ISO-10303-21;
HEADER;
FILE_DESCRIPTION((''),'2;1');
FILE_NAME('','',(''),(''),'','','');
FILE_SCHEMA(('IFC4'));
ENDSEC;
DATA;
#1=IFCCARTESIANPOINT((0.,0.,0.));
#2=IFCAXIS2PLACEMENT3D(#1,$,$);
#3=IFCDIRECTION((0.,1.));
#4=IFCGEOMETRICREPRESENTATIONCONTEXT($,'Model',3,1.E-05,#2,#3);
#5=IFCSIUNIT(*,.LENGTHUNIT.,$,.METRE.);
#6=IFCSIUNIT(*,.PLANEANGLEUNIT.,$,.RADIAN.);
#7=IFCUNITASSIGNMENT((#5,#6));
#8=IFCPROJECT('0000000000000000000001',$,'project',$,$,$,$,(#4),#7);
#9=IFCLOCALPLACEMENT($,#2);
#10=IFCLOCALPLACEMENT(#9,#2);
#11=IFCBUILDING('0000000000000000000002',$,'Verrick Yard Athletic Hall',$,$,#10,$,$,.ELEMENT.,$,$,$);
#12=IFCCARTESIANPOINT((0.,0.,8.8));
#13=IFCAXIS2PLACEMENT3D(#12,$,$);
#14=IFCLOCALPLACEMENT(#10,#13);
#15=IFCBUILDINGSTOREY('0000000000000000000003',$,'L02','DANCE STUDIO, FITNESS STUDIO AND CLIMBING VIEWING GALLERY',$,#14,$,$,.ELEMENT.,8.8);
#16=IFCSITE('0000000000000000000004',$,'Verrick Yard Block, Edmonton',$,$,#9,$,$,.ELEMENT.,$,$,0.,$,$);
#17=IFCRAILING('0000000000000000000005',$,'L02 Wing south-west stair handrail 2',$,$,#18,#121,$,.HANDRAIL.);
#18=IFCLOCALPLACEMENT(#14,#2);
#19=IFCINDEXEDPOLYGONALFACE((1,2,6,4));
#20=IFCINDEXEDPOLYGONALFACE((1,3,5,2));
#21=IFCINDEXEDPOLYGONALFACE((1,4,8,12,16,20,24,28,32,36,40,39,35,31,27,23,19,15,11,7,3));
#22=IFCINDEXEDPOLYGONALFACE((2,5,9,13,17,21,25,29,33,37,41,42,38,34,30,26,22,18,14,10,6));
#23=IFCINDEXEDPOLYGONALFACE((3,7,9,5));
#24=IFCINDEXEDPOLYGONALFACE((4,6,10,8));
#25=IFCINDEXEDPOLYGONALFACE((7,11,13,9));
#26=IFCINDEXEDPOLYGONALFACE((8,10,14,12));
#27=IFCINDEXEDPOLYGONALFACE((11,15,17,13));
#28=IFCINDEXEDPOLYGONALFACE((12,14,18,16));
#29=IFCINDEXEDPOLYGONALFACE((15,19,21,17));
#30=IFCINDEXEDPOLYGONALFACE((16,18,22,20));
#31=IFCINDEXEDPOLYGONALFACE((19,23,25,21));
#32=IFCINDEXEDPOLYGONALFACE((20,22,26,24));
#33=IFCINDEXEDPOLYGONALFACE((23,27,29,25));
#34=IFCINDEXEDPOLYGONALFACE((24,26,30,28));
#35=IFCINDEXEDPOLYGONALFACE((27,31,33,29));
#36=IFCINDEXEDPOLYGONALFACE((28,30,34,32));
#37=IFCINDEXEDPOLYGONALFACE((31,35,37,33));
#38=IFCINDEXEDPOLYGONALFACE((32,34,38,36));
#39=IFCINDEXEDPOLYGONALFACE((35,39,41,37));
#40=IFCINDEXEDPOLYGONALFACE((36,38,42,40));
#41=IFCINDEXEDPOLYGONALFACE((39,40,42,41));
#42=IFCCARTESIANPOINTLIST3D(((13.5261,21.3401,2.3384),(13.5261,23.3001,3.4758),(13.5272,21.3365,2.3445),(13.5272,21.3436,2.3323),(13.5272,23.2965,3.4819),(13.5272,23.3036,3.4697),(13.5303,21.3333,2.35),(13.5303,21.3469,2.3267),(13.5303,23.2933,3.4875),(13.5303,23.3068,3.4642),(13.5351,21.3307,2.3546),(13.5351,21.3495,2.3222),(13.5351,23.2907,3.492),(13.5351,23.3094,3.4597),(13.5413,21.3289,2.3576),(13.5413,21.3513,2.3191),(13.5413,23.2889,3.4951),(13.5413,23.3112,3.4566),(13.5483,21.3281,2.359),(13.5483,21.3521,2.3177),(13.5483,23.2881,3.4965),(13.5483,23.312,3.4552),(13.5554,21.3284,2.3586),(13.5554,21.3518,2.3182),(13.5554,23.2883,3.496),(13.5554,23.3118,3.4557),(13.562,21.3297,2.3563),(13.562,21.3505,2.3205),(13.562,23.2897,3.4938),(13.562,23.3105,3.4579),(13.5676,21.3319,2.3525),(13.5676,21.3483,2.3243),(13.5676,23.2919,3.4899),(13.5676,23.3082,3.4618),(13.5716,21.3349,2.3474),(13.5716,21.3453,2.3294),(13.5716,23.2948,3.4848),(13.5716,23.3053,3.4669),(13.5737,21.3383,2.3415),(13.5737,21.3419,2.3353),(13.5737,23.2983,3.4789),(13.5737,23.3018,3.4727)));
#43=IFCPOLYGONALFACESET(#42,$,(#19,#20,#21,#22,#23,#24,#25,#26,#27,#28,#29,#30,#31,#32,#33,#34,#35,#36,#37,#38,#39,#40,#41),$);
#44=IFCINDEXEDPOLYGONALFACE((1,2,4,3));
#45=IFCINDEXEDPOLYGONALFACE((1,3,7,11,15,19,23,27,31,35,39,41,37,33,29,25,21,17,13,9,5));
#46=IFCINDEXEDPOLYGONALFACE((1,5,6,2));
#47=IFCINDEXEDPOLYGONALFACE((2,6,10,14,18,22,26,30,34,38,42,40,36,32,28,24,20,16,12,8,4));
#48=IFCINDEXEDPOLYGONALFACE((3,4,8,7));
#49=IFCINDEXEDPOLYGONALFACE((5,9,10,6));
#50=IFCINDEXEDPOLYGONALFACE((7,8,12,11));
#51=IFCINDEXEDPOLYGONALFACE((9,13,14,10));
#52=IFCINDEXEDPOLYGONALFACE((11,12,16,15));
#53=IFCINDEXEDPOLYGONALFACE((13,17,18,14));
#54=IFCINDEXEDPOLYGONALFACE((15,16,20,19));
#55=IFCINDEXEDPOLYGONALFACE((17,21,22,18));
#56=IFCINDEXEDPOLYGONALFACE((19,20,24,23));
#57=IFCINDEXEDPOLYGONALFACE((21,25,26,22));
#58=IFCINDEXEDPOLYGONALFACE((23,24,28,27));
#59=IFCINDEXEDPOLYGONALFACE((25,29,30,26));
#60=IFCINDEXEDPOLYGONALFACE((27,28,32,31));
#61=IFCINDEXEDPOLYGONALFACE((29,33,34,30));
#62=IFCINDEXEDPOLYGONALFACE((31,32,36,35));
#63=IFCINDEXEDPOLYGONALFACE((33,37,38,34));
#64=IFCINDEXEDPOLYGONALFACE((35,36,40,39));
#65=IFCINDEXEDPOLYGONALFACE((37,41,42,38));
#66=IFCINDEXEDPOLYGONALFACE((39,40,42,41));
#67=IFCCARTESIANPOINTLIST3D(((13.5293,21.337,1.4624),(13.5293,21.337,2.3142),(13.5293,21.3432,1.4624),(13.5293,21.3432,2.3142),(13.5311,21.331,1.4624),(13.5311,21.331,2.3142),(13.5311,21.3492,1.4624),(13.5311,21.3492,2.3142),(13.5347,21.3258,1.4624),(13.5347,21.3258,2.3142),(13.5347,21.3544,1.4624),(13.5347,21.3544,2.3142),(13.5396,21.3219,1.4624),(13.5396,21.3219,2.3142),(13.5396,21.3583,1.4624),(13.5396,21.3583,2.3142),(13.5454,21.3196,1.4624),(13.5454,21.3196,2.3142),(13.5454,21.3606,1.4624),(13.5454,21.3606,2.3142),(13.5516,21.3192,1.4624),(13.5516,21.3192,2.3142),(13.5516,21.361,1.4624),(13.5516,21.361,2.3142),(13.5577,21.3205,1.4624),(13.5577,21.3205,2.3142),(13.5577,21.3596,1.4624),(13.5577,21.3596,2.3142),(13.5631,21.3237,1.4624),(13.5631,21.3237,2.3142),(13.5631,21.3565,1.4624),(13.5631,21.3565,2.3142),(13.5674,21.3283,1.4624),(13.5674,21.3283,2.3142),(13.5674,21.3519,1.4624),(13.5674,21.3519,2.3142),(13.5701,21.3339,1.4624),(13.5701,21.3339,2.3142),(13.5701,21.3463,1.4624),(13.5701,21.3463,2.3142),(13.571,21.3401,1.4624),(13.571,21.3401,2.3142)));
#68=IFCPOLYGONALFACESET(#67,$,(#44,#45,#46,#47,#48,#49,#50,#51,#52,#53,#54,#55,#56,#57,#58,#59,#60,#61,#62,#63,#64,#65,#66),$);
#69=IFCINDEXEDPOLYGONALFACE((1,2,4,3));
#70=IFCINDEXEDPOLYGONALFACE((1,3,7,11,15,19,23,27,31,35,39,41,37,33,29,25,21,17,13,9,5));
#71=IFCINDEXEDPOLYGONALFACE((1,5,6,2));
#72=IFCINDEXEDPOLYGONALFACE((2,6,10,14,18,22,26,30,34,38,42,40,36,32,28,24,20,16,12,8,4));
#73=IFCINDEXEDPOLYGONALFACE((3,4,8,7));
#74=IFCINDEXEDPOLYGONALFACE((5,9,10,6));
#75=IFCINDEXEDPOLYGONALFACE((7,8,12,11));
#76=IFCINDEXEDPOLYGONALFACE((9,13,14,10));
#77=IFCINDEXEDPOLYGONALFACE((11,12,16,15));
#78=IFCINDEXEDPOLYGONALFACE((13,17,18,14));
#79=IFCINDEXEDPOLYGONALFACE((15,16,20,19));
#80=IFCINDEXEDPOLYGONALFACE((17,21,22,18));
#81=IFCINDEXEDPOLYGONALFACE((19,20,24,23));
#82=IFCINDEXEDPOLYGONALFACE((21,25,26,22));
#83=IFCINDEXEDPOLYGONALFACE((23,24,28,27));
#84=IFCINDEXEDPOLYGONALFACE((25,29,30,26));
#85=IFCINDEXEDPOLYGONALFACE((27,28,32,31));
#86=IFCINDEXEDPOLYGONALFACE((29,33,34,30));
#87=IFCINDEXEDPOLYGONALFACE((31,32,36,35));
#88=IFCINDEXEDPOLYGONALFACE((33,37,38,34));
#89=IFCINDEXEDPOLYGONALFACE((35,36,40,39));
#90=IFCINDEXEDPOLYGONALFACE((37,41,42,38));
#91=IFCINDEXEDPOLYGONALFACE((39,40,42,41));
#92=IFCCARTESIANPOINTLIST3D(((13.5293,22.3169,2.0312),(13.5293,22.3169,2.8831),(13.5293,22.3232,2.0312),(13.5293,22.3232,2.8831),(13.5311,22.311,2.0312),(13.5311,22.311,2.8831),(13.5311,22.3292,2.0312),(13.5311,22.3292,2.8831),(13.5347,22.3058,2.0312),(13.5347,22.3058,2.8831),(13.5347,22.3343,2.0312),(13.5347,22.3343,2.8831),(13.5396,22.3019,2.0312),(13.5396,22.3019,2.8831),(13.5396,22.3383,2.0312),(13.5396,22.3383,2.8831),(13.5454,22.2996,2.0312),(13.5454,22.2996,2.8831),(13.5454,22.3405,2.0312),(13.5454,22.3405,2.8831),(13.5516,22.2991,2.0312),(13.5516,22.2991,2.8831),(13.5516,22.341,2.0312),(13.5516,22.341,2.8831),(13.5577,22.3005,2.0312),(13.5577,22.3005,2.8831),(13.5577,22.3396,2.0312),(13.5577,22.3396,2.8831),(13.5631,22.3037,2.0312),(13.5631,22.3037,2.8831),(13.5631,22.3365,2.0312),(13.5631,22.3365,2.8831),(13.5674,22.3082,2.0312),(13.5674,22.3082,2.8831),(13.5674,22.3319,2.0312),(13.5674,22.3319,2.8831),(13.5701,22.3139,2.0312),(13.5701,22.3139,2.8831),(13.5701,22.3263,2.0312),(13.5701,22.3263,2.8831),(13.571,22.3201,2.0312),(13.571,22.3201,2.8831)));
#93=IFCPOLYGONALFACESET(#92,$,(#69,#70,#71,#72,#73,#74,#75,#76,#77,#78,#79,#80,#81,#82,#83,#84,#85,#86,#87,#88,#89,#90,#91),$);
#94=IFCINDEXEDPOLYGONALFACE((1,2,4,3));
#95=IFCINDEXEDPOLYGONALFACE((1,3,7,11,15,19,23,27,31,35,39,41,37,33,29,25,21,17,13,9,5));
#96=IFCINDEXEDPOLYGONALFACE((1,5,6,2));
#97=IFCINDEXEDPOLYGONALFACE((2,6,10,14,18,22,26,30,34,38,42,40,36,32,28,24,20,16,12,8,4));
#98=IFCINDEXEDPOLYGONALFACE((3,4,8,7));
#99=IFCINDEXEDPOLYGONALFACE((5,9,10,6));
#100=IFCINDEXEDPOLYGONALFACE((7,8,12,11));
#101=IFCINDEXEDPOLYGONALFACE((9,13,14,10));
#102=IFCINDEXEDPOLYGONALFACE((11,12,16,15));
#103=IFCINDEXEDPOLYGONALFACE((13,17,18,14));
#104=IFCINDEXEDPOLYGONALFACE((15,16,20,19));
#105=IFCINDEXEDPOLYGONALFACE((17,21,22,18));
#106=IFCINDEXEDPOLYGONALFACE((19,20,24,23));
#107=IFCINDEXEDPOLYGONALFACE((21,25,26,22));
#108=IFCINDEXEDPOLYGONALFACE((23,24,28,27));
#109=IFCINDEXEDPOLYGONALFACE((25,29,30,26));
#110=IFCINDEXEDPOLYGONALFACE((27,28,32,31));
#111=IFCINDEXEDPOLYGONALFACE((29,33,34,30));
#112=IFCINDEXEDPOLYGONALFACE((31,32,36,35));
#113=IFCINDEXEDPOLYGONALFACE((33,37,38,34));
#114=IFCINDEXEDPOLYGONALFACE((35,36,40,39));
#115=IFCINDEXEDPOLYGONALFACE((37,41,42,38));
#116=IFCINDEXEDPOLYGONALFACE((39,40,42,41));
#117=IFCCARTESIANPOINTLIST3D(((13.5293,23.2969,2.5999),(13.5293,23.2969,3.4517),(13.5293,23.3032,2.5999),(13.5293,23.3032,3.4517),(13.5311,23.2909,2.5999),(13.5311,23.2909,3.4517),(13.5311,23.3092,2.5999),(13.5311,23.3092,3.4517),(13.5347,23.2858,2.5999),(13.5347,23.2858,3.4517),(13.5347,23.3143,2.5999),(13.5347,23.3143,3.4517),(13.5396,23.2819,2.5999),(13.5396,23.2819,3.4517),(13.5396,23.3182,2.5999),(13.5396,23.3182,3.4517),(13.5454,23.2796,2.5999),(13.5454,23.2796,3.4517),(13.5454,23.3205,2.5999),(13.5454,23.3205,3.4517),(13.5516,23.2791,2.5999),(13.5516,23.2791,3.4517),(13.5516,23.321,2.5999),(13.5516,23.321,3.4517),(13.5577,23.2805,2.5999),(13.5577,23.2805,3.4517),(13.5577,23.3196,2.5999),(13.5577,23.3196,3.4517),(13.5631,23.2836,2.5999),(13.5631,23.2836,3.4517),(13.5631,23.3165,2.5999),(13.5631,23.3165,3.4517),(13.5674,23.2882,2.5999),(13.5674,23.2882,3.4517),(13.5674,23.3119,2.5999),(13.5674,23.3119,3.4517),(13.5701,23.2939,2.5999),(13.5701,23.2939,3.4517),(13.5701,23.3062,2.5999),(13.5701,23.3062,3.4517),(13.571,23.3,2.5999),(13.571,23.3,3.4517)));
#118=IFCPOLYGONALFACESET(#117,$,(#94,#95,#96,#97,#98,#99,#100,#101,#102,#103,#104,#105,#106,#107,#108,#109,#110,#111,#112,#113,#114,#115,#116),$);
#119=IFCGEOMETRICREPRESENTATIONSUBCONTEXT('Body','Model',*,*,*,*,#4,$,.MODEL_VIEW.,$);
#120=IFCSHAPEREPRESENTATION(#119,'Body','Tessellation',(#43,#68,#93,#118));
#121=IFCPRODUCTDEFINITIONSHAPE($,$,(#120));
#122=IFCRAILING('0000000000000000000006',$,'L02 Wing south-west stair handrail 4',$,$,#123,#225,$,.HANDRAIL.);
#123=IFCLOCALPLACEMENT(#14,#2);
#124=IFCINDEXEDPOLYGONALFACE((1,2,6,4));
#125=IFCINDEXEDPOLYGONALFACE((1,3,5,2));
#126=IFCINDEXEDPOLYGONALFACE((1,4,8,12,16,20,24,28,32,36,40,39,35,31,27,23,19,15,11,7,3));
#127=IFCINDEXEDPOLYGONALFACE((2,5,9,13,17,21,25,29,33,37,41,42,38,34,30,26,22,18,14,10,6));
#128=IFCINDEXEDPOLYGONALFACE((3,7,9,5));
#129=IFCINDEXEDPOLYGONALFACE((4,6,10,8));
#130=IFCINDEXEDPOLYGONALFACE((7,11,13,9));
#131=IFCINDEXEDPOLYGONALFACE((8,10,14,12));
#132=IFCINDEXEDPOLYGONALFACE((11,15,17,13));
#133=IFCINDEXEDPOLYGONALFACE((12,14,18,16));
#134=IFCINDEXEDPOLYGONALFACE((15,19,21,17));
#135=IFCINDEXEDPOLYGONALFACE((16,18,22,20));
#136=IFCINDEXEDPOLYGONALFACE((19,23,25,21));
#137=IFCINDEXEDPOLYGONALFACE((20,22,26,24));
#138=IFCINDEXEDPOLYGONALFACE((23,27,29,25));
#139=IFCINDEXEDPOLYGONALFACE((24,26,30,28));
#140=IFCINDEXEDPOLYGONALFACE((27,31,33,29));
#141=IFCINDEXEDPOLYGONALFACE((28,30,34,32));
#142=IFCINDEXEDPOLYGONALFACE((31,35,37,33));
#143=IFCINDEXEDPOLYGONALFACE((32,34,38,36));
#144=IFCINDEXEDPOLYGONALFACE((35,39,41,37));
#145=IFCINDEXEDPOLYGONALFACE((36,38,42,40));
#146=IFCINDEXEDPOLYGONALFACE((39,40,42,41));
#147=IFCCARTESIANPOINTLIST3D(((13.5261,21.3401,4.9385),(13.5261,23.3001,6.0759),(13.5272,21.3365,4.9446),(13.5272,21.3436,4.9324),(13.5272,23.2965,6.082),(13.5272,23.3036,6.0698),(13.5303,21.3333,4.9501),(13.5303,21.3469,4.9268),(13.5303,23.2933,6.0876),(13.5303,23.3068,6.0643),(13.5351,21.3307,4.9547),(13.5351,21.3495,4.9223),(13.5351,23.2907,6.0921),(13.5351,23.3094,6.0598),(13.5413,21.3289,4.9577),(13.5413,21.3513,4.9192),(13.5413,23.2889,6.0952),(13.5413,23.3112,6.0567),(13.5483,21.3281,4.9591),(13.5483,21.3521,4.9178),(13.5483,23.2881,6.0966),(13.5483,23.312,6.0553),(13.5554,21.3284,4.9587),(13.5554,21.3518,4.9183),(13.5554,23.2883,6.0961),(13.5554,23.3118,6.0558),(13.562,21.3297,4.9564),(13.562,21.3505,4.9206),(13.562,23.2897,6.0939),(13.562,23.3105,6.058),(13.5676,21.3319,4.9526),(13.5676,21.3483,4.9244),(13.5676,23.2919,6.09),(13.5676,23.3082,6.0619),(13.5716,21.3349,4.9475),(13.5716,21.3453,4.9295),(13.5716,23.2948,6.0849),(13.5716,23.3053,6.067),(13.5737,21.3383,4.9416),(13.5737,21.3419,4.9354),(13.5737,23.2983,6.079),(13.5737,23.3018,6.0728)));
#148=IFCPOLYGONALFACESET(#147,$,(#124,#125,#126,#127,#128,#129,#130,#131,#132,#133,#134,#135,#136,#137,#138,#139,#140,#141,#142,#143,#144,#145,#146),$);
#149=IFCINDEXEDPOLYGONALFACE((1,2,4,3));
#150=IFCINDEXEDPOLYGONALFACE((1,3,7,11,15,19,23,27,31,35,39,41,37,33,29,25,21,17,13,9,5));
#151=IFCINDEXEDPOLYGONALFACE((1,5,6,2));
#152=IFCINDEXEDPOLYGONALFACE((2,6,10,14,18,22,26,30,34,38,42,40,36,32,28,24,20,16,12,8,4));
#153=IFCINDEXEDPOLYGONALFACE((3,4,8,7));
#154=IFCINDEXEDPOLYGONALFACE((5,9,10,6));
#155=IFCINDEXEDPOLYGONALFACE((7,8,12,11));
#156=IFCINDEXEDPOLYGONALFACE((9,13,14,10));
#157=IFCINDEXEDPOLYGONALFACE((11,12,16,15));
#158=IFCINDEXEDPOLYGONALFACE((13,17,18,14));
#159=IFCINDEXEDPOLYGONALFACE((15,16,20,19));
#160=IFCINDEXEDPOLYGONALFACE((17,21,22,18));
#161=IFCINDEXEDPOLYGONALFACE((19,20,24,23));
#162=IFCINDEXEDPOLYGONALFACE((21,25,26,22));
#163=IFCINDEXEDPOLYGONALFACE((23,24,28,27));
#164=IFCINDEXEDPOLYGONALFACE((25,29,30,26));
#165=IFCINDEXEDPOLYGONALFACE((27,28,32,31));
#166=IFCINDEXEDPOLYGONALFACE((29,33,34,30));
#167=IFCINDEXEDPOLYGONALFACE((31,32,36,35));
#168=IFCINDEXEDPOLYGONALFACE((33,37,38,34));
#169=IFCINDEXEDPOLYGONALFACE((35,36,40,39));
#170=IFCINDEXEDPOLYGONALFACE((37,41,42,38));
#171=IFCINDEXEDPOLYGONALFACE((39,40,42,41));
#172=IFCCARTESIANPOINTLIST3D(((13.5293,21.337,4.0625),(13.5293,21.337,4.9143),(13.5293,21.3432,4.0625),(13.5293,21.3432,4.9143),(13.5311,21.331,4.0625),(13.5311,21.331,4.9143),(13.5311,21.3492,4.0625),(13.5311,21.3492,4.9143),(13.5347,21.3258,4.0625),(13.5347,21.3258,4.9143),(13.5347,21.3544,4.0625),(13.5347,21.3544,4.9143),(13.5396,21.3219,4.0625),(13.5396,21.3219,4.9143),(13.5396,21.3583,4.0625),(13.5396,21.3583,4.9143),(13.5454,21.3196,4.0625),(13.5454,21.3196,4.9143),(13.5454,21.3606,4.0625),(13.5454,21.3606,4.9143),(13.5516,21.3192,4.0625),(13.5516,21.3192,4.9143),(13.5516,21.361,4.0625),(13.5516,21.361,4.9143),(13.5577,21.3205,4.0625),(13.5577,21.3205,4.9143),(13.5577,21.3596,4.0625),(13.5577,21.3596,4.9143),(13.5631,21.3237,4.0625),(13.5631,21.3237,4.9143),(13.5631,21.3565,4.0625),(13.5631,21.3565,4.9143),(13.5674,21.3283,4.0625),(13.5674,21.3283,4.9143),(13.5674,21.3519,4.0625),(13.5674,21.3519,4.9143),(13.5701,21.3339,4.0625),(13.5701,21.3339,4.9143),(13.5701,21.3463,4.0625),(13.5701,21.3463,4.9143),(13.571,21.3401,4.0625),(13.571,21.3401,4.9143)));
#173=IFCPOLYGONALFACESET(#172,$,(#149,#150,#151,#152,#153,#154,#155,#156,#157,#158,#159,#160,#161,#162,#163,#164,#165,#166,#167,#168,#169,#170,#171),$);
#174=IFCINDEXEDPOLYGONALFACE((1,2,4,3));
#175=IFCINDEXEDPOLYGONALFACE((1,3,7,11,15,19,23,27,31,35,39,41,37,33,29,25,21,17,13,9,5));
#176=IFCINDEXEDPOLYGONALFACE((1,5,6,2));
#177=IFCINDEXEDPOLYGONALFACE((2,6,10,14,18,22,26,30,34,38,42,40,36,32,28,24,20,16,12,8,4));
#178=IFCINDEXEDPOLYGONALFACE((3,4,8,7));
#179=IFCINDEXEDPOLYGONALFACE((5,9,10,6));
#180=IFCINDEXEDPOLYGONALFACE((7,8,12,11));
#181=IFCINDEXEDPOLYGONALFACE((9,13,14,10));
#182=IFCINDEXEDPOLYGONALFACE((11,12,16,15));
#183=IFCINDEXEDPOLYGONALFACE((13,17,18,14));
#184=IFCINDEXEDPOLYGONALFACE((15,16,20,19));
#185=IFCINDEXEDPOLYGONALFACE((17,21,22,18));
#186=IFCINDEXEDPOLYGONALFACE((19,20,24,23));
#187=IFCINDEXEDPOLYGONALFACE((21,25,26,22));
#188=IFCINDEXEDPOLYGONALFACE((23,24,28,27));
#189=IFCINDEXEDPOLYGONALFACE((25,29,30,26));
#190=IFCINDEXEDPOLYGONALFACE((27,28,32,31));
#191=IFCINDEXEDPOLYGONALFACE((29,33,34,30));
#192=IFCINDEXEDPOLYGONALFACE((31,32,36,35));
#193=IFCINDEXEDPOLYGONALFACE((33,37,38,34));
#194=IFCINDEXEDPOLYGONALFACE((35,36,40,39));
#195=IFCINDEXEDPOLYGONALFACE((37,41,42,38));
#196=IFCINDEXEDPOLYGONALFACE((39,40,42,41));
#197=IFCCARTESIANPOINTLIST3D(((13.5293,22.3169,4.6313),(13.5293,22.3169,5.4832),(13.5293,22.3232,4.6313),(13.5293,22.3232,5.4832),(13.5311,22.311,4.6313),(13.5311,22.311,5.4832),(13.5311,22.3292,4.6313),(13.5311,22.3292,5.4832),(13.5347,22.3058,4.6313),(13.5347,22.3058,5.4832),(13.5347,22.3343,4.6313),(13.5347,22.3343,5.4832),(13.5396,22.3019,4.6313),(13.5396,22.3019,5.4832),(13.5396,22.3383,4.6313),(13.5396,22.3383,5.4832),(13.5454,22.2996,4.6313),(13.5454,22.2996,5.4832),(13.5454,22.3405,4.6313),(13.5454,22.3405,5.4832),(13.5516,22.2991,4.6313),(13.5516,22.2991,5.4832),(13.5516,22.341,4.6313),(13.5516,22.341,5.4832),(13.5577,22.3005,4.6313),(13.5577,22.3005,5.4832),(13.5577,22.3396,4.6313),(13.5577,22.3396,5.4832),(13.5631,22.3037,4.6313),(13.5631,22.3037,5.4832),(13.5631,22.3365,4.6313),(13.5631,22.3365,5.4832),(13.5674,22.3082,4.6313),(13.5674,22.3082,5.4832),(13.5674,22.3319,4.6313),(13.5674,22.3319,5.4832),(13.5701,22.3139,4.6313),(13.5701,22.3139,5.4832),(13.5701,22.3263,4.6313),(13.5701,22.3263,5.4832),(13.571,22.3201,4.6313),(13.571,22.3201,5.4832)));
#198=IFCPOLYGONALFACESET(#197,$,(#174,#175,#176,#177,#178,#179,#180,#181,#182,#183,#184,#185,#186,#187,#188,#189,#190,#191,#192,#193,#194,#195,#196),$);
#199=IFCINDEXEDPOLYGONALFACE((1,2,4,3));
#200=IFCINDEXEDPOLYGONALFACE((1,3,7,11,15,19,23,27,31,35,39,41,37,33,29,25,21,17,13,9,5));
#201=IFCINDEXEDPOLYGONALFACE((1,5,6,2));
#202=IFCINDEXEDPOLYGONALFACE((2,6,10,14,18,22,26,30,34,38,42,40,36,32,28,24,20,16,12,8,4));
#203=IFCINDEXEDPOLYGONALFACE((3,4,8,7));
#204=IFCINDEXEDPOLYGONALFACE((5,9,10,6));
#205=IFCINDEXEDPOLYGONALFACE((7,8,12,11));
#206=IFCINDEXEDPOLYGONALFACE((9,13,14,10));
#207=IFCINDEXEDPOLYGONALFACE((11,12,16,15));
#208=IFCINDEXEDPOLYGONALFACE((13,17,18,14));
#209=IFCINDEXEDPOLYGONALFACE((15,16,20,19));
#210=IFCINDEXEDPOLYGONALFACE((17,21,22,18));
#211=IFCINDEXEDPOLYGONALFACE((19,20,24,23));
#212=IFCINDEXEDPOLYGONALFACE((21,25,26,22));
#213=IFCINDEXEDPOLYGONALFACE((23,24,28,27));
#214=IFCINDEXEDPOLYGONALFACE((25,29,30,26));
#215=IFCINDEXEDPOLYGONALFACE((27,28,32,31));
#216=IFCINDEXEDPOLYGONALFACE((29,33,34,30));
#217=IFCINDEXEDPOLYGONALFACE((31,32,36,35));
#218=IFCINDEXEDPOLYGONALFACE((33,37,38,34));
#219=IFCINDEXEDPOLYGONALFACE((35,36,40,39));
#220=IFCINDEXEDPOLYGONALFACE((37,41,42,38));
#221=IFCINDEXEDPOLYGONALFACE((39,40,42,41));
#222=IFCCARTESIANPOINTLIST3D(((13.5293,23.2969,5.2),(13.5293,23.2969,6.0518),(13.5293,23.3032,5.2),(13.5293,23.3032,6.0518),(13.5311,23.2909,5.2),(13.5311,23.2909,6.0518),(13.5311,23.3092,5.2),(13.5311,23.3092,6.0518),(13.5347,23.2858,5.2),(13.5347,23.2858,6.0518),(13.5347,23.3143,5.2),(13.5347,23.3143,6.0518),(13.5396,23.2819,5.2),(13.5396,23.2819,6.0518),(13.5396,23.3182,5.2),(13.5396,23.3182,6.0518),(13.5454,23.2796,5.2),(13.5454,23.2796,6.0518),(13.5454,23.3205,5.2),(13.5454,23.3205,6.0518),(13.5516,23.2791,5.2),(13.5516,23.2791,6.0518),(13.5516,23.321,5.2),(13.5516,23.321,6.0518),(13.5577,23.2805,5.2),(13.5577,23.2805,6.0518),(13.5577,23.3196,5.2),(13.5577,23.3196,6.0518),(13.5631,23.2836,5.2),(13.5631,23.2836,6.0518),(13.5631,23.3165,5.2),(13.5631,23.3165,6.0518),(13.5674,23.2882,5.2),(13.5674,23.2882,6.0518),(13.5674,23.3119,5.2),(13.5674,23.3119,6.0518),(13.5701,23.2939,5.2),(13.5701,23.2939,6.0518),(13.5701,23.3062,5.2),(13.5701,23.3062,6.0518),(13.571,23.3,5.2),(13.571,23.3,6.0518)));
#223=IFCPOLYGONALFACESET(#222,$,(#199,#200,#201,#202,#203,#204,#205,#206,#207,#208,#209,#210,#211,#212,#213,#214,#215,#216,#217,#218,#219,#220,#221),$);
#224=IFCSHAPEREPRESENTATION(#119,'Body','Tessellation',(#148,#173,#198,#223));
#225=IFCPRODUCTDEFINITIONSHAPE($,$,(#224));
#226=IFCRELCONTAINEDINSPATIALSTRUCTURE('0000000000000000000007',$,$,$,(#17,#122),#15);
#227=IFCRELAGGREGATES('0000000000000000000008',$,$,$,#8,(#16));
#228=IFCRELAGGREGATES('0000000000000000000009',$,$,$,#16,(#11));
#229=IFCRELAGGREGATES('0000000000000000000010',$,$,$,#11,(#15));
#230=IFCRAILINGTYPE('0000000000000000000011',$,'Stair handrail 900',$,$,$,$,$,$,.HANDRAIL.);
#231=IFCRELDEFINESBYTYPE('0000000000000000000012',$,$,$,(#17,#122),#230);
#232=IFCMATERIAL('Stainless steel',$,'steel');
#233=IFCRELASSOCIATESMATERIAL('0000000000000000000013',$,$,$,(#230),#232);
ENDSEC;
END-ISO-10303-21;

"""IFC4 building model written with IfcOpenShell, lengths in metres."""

from ifc_helpers import new_model, si_unit, direction, frame, origin, origin_2d, place, context, subcontext, project, spatial, circle, extrude, material, type_object, element, save


model = new_model("IFC4")

# Units and contexts
model_context = context("Model", 3, precision=1e-05, world=origin(), true_north=direction((0.0, 1.0)))
body_context = subcontext(model_context, "Body", "Model", "MODEL_VIEW")
ifc_project = project(units=[si_unit("LENGTHUNIT", "METRE"), si_unit("PLANEANGLEUNIT", "RADIAN")], contexts=[model_context])

# Site, building, storey
site_placement = place(None, origin())
site = spatial("IfcSite", under=ifc_project, at=site_placement, Name="Verrick Yard Block, Edmonton", CompositionType="ELEMENT", RefElevation=0.0)
building_placement = place(site_placement, origin())
building = spatial("IfcBuilding", under=site, at=building_placement, Name="Verrick Yard Athletic Hall", CompositionType="ELEMENT")
storey_placement = place(building_placement, frame((0.0, 0.0, 8.8)))
storey = spatial("IfcBuildingStorey", under=building, at=storey_placement, Name="L02", Description="DANCE STUDIO, FITNESS STUDIO AND CLIMBING VIEWING GALLERY", CompositionType="ELEMENT", Elevation=8.8)

# Railings
ifc_material_1 = material(Name="Stainless steel", Category="steel")
railing_type_1 = type_object("IfcRailingType", Name="Stair handrail 900", PredefinedType="HANDRAIL", material=ifc_material_1)
for number, where, name in (
    (1, (13.55, 21.3401, 1.4624), "L02 Wing south-west stair handrail 2"),
    (2, (13.55, 21.3401, 4.0625), "L02 Wing south-west stair handrail 4"),
):
    element("IfcRailing", number, at=place(storey_placement, frame(where)), inside=storey, type_object=railing_type_1, Name=name, PredefinedType="HANDRAIL", context=body_context, shape_type="SweptSolid", body=[
        extrude(circle(Radius=0.0239, at=origin_2d()), frame((0.0, 0.0, 0.876), z_axis=(0.0, 0.864902, 0.501941), x_axis=(-1.0, 0.0, 0.0)), (0.0, 0.0, 1.0), 2.2661),
        extrude(circle(Radius=0.021, at=origin_2d()), origin(), (0.0, 0.0, 1.0), 0.8518),
        extrude(circle(Radius=0.021, at=origin_2d()), frame((0.0, 0.98, 0.5688)), (0.0, 0.0, 1.0), 0.8518),
        extrude(circle(Radius=0.021, at=origin_2d()), frame((0.0, 1.96, 1.1375)), (0.0, 0.0, 1.0), 0.8518),
    ])

save(model, "model.ifc")
